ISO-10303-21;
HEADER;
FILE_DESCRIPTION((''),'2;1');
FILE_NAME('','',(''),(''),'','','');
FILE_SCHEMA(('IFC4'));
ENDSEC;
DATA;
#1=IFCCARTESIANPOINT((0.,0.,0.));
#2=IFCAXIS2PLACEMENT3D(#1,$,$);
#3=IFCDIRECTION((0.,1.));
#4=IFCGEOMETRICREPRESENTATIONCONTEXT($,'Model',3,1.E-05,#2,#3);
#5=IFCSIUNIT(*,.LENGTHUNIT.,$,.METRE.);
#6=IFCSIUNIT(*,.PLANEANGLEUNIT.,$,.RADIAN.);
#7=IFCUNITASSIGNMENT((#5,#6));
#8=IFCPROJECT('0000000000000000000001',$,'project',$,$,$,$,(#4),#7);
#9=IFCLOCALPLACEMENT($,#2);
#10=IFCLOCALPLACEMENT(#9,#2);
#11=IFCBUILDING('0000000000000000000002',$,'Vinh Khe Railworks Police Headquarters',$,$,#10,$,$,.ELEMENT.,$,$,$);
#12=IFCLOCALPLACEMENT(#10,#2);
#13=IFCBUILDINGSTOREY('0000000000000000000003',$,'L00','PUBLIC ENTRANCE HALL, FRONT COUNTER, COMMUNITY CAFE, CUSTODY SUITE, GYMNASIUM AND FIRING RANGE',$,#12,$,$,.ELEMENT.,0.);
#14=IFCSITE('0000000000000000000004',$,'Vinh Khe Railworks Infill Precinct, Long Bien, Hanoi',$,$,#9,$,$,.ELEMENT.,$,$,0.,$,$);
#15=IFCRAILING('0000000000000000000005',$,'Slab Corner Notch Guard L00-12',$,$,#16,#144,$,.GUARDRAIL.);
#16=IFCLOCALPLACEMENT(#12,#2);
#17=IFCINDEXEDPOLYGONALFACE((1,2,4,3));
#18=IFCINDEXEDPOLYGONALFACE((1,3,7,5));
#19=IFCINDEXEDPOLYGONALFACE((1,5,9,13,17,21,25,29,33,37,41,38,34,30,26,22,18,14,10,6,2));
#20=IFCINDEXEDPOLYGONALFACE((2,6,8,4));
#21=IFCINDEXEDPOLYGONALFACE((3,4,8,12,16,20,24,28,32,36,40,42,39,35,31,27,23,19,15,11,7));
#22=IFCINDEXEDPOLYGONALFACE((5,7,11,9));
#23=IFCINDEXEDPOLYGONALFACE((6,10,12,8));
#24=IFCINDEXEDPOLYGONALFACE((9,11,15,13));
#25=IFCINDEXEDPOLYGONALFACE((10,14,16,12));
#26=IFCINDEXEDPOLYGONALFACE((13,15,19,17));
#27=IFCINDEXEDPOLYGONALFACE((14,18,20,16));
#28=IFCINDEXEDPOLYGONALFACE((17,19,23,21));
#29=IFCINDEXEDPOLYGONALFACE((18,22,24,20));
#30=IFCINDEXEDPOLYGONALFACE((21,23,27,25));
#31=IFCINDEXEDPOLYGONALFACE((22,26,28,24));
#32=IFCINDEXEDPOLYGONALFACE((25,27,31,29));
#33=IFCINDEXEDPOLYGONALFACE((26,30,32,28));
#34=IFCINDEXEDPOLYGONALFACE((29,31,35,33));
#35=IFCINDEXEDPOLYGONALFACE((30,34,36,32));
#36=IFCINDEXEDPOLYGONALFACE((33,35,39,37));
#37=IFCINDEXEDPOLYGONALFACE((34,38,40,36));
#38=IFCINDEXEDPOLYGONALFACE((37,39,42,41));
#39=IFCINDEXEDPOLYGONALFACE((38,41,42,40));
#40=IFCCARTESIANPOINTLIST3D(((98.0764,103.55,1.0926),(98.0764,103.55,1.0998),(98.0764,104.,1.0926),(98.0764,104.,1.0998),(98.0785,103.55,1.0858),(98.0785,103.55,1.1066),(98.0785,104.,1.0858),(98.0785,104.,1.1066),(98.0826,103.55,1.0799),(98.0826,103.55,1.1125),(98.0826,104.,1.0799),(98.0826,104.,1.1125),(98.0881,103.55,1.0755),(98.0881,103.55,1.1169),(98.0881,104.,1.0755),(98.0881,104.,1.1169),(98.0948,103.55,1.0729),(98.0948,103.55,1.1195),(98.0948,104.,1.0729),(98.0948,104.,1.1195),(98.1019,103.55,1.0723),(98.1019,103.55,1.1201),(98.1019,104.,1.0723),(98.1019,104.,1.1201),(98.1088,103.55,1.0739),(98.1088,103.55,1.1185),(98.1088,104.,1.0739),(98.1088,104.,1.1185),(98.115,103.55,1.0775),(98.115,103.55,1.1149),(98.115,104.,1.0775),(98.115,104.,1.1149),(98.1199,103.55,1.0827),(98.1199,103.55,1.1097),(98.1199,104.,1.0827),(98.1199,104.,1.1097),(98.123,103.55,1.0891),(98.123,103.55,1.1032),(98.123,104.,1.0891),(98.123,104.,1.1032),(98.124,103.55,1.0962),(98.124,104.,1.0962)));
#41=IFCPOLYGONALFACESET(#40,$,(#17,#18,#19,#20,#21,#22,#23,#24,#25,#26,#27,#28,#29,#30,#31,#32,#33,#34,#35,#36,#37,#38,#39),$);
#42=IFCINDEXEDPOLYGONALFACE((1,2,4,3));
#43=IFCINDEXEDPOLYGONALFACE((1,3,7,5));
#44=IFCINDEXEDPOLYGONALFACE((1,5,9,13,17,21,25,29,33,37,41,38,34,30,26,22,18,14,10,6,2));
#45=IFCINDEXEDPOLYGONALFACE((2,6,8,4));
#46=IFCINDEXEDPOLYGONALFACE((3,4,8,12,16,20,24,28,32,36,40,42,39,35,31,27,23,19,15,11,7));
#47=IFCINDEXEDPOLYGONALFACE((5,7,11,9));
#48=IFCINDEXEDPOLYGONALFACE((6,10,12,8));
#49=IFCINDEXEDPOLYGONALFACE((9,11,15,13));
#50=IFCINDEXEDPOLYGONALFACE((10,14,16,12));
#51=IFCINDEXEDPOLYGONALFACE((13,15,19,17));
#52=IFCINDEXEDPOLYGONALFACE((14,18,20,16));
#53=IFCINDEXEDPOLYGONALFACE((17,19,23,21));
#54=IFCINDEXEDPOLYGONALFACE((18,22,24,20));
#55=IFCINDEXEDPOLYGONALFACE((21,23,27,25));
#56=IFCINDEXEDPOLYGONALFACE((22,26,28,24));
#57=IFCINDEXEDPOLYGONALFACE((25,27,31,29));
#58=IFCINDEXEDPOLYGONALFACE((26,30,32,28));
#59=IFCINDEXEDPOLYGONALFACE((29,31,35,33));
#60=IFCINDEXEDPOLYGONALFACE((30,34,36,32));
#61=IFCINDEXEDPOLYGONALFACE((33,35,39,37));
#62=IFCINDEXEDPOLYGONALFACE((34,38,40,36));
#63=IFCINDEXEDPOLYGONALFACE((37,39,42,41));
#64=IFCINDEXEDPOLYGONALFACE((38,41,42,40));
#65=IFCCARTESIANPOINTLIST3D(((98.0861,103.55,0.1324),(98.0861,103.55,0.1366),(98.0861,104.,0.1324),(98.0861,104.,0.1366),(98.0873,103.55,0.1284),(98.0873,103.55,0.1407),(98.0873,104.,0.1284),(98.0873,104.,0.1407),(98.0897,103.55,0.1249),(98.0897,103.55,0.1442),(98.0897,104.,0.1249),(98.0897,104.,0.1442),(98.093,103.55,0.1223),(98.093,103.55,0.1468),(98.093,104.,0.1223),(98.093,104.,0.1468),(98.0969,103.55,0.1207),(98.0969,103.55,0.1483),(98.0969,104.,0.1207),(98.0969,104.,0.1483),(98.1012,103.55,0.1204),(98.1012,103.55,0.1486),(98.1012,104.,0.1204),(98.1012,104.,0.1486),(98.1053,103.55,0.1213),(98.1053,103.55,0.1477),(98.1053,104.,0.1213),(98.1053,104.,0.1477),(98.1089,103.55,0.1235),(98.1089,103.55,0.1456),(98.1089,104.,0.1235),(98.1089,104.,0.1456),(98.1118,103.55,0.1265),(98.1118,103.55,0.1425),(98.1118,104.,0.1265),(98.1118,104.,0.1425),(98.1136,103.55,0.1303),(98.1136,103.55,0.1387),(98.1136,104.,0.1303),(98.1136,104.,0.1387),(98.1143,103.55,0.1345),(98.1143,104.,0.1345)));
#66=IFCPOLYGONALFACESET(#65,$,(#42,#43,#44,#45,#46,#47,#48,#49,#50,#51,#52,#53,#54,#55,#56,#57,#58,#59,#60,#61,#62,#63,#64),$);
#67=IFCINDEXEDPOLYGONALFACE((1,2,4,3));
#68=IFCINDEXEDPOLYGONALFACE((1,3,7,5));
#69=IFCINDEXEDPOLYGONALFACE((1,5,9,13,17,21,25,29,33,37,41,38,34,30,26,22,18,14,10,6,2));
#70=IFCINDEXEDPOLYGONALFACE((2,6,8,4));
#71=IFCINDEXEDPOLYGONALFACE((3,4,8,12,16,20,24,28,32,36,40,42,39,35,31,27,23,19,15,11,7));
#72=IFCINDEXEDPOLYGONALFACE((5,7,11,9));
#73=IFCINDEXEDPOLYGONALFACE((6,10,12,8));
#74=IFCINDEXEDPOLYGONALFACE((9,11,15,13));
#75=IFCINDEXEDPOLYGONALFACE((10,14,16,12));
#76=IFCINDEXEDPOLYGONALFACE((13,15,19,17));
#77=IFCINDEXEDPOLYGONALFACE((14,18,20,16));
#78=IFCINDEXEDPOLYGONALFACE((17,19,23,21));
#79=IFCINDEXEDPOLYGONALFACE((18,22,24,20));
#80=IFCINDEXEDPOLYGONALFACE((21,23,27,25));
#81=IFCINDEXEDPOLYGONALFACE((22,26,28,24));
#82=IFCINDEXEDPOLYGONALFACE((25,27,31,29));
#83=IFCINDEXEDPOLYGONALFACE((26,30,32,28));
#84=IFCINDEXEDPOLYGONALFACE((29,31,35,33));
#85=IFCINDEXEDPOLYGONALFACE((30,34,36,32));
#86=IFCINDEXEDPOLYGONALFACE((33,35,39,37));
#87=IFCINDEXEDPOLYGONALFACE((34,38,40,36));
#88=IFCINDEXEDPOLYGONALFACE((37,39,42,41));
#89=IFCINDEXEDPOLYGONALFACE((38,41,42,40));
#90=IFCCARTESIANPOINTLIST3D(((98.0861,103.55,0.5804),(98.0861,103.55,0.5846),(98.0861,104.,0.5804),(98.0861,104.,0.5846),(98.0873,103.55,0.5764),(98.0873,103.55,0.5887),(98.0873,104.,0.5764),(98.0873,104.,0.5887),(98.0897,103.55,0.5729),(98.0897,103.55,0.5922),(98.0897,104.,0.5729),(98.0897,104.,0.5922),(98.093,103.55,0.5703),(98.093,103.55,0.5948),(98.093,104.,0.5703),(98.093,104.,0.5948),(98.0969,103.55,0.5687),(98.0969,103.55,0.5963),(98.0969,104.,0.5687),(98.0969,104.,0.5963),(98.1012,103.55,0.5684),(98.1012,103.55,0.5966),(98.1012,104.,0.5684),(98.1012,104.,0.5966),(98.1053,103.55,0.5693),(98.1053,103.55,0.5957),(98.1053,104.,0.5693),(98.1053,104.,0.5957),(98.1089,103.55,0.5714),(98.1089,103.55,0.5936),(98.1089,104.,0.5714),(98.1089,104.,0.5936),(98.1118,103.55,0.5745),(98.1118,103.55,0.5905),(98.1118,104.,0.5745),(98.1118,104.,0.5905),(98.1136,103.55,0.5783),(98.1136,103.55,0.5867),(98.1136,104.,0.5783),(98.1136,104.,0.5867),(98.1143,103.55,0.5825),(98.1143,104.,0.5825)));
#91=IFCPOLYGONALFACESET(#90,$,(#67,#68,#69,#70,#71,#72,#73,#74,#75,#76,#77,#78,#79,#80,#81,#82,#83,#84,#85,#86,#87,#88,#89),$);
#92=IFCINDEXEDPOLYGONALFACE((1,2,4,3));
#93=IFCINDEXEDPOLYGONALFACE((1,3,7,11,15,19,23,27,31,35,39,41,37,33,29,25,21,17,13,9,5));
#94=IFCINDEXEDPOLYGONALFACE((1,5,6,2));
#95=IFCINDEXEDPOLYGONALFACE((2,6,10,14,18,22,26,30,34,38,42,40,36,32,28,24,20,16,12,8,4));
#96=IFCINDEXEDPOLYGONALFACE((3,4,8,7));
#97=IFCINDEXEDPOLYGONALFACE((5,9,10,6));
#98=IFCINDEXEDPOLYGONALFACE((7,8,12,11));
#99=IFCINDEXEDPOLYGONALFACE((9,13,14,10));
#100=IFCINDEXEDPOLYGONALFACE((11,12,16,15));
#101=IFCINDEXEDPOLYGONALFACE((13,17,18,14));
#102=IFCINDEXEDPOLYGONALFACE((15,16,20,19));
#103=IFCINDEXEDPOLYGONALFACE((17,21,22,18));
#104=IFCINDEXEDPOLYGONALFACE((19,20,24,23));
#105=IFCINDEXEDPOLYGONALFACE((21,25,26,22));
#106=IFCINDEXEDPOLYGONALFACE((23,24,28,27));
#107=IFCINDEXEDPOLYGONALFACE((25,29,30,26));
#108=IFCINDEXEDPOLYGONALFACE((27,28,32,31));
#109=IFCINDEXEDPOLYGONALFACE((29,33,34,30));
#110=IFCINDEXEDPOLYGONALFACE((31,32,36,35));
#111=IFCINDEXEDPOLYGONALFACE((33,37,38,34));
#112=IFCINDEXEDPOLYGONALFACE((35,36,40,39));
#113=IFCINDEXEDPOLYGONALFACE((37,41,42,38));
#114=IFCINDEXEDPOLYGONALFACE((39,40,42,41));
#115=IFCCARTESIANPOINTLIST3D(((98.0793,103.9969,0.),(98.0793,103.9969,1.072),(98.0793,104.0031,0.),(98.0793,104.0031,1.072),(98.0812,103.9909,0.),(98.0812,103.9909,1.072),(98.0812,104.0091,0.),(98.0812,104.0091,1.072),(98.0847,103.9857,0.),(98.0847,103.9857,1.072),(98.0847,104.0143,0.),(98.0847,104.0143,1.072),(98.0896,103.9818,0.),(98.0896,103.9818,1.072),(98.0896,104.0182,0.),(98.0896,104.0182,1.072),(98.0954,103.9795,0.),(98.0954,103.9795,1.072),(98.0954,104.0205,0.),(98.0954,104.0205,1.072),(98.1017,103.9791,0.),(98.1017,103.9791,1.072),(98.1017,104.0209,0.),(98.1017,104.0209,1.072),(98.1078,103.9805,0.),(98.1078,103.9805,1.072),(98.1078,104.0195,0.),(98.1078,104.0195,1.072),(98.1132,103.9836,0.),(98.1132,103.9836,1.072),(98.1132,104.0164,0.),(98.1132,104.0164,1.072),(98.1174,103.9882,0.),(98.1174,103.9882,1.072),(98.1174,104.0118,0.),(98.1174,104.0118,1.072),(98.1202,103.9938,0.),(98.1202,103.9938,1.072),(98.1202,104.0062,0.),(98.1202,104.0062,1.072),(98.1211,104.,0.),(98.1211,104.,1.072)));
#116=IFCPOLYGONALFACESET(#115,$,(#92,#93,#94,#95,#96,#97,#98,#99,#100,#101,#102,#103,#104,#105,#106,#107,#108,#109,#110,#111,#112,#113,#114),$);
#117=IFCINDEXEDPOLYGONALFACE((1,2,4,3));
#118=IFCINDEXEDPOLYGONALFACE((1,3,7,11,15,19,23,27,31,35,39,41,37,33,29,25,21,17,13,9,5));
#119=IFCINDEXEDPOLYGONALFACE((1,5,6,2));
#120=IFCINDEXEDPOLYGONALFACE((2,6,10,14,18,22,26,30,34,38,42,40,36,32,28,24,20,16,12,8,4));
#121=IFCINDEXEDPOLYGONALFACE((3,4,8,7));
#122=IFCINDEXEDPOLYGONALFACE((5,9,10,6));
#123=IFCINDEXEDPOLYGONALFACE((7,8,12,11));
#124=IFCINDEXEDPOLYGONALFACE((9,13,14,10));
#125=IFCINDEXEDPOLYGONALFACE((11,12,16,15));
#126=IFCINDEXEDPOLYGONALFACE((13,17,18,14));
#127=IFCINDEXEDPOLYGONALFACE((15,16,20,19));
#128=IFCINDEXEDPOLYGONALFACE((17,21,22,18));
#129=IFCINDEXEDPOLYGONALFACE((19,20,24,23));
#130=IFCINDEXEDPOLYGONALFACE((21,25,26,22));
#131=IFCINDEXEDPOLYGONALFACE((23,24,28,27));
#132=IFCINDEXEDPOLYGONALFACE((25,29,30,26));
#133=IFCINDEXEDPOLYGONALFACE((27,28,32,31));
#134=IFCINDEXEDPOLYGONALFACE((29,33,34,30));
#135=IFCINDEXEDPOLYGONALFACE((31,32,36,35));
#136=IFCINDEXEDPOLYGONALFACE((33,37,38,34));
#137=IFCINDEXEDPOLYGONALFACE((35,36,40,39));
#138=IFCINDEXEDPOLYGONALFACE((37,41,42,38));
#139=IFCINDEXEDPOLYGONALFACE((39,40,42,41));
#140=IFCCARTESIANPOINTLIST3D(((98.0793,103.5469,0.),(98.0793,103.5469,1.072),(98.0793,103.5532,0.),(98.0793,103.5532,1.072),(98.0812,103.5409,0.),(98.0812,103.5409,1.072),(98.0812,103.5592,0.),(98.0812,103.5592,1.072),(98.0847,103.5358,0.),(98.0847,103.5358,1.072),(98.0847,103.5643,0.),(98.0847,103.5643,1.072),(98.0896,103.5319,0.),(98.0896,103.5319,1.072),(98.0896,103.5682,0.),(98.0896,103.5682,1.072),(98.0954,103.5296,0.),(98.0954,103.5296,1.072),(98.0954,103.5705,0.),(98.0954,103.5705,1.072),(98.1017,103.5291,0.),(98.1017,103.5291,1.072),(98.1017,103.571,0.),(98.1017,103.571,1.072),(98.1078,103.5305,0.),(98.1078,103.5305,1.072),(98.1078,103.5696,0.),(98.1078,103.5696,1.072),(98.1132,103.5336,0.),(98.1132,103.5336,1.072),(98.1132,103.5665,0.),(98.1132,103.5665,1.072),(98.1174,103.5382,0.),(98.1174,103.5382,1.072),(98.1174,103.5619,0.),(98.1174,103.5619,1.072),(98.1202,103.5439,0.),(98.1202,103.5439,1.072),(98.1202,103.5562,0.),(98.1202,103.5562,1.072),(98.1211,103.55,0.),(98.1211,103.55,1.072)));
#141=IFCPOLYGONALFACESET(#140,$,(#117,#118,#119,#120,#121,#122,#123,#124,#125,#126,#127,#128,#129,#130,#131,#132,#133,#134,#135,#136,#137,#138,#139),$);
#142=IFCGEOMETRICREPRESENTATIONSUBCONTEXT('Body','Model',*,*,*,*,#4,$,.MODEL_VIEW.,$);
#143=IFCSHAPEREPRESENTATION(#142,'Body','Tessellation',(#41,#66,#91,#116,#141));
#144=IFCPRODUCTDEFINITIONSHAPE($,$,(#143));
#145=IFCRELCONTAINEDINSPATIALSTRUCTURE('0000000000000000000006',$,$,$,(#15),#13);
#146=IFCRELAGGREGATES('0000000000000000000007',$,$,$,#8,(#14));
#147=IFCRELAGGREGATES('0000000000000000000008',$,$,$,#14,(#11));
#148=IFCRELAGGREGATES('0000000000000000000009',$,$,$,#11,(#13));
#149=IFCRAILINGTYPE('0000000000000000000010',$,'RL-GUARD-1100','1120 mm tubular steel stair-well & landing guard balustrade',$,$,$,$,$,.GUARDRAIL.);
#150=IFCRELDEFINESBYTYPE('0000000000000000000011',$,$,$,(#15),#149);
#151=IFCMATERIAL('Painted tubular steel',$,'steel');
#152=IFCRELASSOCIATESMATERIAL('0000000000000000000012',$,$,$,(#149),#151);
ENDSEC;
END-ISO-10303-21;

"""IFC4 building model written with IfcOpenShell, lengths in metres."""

from ifc_helpers import new_model, si_unit, direction, frame, origin, origin_2d, place, context, subcontext, project, spatial, circle, extrude, material, type_object, element, save


model = new_model("IFC4")

# Units and contexts
model_context = context("Model", 3, precision=1e-05, world=origin(), true_north=direction((0.0, 1.0)))
body_context = subcontext(model_context, "Body", "Model", "MODEL_VIEW")
ifc_project = project(units=[si_unit("LENGTHUNIT", "METRE"), si_unit("PLANEANGLEUNIT", "RADIAN")], contexts=[model_context])

# Site, building, storey
site_placement = place(None, origin())
site = spatial("IfcSite", under=ifc_project, at=site_placement, Name="Vinh Khe Railworks Infill Precinct, Long Bien, Hanoi", CompositionType="ELEMENT", RefElevation=0.0)
building_placement = place(site_placement, origin())
building = spatial("IfcBuilding", under=site, at=building_placement, Name="Vinh Khe Railworks Police Headquarters", CompositionType="ELEMENT")
storey_placement = place(building_placement, origin())
storey = spatial("IfcBuildingStorey", under=building, at=storey_placement, Name="L00", Description="PUBLIC ENTRANCE HALL, FRONT COUNTER, COMMUNITY CAFE, CUSTODY SUITE, GYMNASIUM AND FIRING RANGE", CompositionType="ELEMENT", Elevation=0.0)

# Railing
ifc_material_1 = material(Name="Painted tubular steel", Category="steel")
railing_type = type_object("IfcRailingType", Name="RL-GUARD-1100", Description="1120 mm tubular steel stair-well & landing guard balustrade", PredefinedType="GUARDRAIL", material=ifc_material_1)
railing_1_placement = place(storey_placement, frame((98.1001, 104.0, 0.0)))
element("IfcRailing", 1, at=railing_1_placement, inside=storey, type_object=railing_type, Name="Slab Corner Notch Guard L00-12", PredefinedType="GUARDRAIL", context=body_context, shape_type="SweptSolid", body=[
    extrude(circle(Radius=0.0239, at=origin_2d()), frame((0.0, 0.0, 1.0962), z_axis=(0.0, -1.0, 0.0), x_axis=(1.0, 0.0, 0.0)), (0.0, 0.0, 1.0), 0.45),
    extrude(circle(Radius=0.0142, at=origin_2d()), frame((0.0, 0.0, 0.1345), z_axis=(0.0, -1.0, 0.0), x_axis=(1.0, 0.0, 0.0)), (0.0, 0.0, 1.0), 0.45),
    extrude(circle(Radius=0.0142, at=origin_2d()), frame((0.0, 0.0, 0.5825), z_axis=(0.0, -1.0, 0.0), x_axis=(1.0, 0.0, 0.0)), (0.0, 0.0, 1.0), 0.45),
    extrude(circle(Radius=0.021, at=origin_2d()), origin(), (0.0, 0.0, 1.0), 1.072),
    extrude(circle(Radius=0.021, at=origin_2d()), frame((0.0, -0.45, 0.0)), (0.0, 0.0, 1.0), 1.072),
])

save(model, "model.ifc")
